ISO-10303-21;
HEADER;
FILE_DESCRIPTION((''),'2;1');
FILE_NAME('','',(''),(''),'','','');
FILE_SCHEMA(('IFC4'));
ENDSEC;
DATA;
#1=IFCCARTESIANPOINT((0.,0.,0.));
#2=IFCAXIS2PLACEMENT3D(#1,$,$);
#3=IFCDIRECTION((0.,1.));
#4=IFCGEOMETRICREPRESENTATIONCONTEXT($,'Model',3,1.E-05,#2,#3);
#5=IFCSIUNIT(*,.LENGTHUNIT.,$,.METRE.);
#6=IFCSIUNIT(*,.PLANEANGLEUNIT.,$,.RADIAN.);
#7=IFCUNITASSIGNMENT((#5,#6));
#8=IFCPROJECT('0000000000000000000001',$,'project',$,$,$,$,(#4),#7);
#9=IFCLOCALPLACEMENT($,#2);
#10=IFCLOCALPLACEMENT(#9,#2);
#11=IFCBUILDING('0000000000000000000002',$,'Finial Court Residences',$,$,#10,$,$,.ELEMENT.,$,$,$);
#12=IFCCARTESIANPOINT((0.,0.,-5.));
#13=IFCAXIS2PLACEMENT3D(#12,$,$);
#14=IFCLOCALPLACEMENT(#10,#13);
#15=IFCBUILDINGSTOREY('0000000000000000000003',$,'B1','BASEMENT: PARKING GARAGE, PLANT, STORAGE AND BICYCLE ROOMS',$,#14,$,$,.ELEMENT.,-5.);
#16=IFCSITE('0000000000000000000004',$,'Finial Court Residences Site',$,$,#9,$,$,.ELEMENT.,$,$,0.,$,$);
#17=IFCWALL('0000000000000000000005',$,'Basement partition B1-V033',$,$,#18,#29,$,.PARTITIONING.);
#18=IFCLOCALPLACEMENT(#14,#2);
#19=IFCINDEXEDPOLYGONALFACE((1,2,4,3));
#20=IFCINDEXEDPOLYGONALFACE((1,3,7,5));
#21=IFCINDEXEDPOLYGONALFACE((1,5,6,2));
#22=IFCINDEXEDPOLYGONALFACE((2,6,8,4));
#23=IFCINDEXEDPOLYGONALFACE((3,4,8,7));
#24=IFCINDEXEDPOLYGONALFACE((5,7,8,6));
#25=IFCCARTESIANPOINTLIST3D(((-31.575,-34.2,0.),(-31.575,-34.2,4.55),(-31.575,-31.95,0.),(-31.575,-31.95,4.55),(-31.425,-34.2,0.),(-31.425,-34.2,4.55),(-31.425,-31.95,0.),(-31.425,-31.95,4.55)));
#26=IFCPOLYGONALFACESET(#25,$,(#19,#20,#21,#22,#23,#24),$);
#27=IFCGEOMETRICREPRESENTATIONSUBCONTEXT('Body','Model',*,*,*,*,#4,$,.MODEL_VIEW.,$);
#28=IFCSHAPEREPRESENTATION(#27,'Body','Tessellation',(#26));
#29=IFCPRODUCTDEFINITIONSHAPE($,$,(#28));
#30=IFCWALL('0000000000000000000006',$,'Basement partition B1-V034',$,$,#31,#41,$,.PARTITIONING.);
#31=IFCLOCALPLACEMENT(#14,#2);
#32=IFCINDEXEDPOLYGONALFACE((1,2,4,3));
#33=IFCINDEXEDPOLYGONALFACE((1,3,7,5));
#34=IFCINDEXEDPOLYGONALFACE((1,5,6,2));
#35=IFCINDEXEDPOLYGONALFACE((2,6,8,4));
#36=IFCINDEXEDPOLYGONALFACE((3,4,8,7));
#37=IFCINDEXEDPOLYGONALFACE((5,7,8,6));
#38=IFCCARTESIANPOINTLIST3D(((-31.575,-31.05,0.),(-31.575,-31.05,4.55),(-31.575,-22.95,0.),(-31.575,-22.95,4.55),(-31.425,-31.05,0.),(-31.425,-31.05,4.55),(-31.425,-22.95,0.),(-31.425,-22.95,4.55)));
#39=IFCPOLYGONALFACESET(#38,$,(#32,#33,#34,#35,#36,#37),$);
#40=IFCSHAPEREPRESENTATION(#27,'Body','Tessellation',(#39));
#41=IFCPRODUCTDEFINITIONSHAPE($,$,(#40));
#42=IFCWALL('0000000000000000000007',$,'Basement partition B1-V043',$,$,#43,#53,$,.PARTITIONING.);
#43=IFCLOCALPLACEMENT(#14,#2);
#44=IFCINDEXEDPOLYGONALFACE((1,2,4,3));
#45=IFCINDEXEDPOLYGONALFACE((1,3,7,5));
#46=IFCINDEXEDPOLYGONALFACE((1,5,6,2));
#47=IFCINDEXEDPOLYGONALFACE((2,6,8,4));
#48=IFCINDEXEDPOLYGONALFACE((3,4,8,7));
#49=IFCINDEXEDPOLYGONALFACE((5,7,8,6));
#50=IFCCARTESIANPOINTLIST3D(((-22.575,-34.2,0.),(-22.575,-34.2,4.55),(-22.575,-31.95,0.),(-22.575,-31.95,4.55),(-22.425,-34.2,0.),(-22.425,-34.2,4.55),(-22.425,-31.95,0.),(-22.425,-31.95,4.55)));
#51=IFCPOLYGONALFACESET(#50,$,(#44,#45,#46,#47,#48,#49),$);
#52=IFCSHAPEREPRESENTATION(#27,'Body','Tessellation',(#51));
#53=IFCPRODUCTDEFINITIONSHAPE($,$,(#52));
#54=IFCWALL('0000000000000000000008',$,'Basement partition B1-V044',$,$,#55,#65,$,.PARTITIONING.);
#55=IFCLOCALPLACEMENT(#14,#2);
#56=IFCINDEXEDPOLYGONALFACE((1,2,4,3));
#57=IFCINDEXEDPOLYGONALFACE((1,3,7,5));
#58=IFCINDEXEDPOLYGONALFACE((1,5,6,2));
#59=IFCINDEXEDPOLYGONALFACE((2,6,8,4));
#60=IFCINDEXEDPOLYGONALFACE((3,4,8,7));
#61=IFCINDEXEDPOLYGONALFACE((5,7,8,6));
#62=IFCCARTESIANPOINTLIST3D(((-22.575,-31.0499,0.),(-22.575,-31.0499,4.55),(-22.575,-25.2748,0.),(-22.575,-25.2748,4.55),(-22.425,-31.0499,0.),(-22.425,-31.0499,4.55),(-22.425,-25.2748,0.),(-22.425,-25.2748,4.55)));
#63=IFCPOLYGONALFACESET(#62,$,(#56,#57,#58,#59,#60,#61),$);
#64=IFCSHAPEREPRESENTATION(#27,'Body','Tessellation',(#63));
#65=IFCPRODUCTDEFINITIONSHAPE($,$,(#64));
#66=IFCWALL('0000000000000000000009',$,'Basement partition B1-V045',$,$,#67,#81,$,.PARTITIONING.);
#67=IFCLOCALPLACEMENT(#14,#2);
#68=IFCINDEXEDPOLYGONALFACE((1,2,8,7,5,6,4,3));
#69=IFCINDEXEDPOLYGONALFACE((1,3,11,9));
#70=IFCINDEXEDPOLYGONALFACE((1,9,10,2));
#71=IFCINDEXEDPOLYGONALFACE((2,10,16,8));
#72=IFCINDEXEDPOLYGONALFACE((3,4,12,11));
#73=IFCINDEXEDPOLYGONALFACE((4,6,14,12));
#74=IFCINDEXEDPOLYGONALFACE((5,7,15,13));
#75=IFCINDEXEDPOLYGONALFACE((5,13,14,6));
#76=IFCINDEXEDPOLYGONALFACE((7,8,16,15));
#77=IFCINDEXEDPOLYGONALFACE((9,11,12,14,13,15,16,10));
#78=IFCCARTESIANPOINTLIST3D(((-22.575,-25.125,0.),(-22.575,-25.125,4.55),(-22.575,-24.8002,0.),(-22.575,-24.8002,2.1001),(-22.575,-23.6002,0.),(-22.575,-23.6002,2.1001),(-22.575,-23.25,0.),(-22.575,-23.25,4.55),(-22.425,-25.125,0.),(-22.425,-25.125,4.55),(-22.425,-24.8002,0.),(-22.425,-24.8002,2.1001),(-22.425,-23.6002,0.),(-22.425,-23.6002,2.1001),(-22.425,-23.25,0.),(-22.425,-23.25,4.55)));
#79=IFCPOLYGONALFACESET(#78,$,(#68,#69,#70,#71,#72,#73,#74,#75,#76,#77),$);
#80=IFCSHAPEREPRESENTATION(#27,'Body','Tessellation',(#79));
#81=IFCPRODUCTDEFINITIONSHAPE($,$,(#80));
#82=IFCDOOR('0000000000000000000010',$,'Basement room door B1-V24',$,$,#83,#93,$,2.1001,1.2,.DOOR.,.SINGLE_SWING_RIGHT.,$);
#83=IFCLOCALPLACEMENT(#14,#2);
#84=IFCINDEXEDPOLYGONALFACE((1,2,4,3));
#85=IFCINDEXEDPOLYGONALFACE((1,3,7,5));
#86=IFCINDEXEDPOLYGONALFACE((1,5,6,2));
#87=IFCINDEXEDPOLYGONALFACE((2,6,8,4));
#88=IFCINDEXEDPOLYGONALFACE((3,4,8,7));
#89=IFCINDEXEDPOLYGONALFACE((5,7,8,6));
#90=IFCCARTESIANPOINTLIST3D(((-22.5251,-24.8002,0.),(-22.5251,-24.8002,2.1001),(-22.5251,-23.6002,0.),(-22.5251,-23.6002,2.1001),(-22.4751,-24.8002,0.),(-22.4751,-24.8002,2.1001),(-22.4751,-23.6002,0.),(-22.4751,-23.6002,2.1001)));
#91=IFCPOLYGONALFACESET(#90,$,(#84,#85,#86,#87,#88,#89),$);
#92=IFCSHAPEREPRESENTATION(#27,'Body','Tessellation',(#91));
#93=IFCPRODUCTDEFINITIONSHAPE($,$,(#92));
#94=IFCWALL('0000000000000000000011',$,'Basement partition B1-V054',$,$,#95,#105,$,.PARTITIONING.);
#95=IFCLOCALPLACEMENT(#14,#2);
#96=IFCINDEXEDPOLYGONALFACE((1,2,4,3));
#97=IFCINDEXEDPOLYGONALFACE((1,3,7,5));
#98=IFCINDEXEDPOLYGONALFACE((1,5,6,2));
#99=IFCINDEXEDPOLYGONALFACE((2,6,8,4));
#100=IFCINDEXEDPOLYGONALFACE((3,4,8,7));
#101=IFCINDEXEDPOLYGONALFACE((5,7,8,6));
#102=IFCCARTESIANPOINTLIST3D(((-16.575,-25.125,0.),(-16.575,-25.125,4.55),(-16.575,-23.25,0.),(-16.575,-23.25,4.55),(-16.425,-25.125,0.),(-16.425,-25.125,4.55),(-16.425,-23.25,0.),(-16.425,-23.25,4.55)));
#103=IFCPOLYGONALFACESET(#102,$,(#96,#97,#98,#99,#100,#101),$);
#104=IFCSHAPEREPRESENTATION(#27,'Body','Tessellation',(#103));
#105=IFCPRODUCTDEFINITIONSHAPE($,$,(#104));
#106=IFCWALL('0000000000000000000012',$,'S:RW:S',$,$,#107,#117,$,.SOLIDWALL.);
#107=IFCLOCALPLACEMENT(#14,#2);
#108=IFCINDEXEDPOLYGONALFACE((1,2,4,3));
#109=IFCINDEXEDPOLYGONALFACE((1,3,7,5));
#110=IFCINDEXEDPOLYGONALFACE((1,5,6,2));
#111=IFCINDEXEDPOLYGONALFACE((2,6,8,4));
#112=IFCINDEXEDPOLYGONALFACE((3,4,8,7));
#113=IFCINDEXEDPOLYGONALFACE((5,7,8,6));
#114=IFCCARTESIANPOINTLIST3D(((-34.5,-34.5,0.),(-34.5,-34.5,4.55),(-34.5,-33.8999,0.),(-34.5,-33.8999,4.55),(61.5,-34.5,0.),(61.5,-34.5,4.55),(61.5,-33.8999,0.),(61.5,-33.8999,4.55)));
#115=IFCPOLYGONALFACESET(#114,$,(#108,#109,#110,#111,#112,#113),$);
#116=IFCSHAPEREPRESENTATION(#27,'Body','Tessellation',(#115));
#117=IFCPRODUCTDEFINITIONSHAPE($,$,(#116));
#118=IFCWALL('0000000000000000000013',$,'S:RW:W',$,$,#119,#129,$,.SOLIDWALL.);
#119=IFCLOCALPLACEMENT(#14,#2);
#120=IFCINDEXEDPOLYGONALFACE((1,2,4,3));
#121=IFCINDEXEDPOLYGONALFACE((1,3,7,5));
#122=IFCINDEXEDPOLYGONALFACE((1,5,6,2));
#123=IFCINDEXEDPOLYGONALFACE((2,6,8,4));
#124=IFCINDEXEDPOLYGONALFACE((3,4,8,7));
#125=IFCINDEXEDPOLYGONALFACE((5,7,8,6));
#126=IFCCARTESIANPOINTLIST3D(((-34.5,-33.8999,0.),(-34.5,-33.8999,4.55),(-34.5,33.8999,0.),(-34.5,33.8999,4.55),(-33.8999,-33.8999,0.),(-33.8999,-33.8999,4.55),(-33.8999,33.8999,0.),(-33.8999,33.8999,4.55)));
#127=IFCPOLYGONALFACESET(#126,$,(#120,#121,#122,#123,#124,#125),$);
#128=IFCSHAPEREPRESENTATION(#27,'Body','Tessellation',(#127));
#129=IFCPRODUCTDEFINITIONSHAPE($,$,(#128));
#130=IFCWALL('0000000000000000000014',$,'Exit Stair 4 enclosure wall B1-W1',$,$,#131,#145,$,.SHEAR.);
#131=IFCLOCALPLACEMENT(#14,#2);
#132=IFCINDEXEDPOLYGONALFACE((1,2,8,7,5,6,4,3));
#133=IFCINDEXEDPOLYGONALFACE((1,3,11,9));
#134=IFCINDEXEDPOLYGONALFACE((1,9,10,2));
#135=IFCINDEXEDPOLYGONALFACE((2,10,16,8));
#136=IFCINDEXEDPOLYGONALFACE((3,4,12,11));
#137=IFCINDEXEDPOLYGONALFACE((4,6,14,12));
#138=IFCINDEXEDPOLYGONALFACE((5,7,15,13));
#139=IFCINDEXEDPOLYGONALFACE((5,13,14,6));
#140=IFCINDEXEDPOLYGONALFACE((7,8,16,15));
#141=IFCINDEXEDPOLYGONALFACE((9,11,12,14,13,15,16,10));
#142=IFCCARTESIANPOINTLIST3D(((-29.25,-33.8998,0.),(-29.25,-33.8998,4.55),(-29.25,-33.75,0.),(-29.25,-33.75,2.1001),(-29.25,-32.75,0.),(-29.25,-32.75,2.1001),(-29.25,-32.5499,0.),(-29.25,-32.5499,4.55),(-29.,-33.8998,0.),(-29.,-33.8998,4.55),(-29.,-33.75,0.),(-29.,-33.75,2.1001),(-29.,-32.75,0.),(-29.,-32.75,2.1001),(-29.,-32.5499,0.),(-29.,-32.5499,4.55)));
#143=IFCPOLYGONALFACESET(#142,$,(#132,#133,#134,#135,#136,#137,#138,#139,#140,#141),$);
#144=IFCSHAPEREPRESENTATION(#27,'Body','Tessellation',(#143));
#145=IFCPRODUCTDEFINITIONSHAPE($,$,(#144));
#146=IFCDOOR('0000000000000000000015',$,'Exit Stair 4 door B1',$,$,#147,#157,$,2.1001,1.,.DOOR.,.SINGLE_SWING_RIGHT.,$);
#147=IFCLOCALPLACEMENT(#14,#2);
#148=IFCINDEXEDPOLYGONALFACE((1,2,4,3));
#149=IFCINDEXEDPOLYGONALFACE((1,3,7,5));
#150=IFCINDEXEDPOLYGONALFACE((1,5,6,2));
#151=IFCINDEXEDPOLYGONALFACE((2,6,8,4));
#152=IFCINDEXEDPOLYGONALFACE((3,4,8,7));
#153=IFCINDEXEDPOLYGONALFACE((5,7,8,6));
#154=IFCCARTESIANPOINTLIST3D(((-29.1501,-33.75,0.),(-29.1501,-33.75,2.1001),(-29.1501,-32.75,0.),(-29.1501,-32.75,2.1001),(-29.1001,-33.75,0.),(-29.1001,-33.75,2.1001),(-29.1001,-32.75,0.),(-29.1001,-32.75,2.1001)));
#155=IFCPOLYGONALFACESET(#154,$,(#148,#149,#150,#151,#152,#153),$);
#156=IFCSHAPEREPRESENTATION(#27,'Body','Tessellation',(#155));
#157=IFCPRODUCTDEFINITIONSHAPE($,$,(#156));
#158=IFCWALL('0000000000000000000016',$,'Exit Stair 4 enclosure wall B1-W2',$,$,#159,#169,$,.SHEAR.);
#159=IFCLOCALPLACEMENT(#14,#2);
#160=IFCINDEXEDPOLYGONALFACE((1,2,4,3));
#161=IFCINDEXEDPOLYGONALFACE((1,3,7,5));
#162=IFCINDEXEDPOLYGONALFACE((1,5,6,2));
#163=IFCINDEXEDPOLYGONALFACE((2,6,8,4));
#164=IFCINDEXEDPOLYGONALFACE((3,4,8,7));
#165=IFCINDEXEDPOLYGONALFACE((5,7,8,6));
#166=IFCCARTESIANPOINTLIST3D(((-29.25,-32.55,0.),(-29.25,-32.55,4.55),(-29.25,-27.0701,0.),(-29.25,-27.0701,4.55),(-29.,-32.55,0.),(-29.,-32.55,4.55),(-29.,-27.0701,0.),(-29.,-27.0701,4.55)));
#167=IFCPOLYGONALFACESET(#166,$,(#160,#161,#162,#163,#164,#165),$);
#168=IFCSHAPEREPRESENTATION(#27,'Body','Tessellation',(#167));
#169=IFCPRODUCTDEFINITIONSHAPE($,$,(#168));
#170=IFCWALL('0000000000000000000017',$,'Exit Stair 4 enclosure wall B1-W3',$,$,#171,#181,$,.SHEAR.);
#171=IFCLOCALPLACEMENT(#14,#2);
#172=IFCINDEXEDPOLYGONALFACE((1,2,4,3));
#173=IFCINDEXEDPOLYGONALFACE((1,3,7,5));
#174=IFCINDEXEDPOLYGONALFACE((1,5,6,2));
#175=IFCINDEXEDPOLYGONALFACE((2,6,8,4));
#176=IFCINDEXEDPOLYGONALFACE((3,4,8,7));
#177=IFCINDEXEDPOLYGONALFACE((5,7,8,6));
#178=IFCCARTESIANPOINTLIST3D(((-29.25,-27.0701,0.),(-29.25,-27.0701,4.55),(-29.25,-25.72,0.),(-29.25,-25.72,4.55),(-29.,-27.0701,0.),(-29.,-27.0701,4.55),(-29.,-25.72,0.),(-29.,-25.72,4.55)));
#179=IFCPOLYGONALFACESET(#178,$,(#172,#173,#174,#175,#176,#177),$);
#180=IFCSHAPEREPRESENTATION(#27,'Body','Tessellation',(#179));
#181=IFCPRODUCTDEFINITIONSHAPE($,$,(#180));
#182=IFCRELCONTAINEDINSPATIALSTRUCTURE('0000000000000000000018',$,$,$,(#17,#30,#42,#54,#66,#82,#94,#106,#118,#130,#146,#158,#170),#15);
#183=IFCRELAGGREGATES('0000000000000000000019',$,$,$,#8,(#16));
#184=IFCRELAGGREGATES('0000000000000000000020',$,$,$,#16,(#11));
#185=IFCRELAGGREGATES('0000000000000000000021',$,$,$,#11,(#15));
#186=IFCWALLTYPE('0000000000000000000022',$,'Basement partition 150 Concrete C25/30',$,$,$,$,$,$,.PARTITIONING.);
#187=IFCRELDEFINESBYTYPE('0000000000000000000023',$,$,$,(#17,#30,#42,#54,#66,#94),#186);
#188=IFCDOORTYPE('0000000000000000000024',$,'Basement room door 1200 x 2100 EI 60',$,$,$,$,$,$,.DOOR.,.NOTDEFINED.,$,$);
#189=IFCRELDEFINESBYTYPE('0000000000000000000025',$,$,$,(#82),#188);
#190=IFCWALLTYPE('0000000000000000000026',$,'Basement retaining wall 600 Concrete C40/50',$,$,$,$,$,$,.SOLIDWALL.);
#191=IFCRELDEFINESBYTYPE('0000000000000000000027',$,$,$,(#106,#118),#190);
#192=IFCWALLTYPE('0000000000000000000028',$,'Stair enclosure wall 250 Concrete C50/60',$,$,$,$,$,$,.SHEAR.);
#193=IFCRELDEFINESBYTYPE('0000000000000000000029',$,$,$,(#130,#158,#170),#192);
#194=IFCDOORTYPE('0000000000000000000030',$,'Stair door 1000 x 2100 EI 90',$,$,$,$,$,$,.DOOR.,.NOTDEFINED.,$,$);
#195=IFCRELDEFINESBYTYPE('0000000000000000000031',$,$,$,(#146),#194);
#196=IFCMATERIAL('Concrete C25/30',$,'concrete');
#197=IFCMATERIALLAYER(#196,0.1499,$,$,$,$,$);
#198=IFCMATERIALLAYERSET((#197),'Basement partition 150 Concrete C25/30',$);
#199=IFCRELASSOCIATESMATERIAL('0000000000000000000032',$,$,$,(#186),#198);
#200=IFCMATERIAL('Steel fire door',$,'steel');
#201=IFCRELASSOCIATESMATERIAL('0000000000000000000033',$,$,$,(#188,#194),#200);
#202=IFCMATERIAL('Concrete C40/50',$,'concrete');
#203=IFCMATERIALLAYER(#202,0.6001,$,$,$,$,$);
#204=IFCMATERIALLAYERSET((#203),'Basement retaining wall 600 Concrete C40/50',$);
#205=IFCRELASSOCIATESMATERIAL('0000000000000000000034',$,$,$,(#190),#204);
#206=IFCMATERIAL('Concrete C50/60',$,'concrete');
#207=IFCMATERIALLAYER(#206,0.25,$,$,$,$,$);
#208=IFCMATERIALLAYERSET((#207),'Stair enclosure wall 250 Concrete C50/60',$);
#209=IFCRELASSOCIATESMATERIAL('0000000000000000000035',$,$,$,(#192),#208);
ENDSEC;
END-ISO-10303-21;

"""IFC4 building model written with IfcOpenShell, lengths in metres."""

from ifc_helpers import new_model, si_unit, direction, frame, frame_2d, origin, place, context, subcontext, project, spatial, rectangle, extrude, material, layer, layer_set, type_object, element, fill, save


model = new_model("IFC4")

# Units and contexts
model_context = context("Model", 3, precision=1e-05, world=origin(), true_north=direction((0.0, 1.0)))
body_context = subcontext(model_context, "Body", "Model", "MODEL_VIEW")
ifc_project = project(units=[si_unit("LENGTHUNIT", "METRE"), si_unit("PLANEANGLEUNIT", "RADIAN")], contexts=[model_context])

# Site, building, storey
site_placement = place(None, origin())
site = spatial("IfcSite", under=ifc_project, at=site_placement, Name="Finial Court Residences Site", CompositionType="ELEMENT", RefElevation=0.0)
building_placement = place(site_placement, origin())
building = spatial("IfcBuilding", under=site, at=building_placement, Name="Finial Court Residences", CompositionType="ELEMENT")
storey_placement = place(building_placement, frame((0.0, 0.0, -5.0)))
storey = spatial("IfcBuildingStorey", under=building, at=storey_placement, Name="B1", Description="BASEMENT: PARKING GARAGE, PLANT, STORAGE AND BICYCLE ROOMS", CompositionType="ELEMENT", Elevation=-5.0)

# Shared definitions
ifc_material_1 = material(Name="Concrete C50/60", Category="concrete")

# Walls
ifc_material_2 = material(Name="Concrete C25/30", Category="concrete")
ifc_layer_1 = layer(ifc_material_2, 0.1499)
ifc_layer_set_1 = layer_set([ifc_layer_1], Name="Basement partition 150 Concrete C25/30")
wall_type_1 = type_object("IfcWallType", Name="Basement partition 150 Concrete C25/30", PredefinedType="PARTITIONING", material=ifc_layer_set_1)
wall_1_placement = place(storey_placement, frame((-31.5, -34.2, 0.0), z_axis=(0.0, 0.0, 1.0), x_axis=(0.0, 1.0, 0.0)))
element("IfcWall", 1, at=wall_1_placement, inside=storey, type_object=wall_type_1, Name="Basement partition B1-V033", PredefinedType="PARTITIONING", context=body_context, shape_type="SweptSolid", body=[
    extrude(rectangle(XDim=2.25, YDim=0.1499, at=frame_2d((1.125, 0.0))), origin(), (0.0, 0.0, 1.0), 4.55),
])
wall_2_placement = place(storey_placement, frame((-31.5, -31.05, 0.0), z_axis=(0.0, 0.0, 1.0), x_axis=(0.0, 1.0, 0.0)))
element("IfcWall", 2, at=wall_2_placement, inside=storey, type_object=wall_type_1, Name="Basement partition B1-V034", PredefinedType="PARTITIONING", context=body_context, shape_type="SweptSolid", body=[
    extrude(rectangle(XDim=8.1001, YDim=0.1499, at=frame_2d((4.05, 0.0))), origin(), (0.0, 0.0, 1.0), 4.55),
])
wall_3_placement = place(storey_placement, frame((-22.5, -34.2, 0.0), z_axis=(0.0, 0.0, 1.0), x_axis=(0.0, 1.0, 0.0)))
element("IfcWall", 3, at=wall_3_placement, inside=storey, type_object=wall_type_1, Name="Basement partition B1-V043", PredefinedType="PARTITIONING", context=body_context, shape_type="SweptSolid", body=[
    extrude(rectangle(XDim=2.25, YDim=0.1499, at=frame_2d((1.125, 0.0))), origin(), (0.0, 0.0, 1.0), 4.55),
])
wall_4_placement = place(storey_placement, frame((-22.5, -31.05, 0.0), z_axis=(0.0, 0.0, 1.0), x_axis=(0.0, 1.0, 0.0)))
element("IfcWall", 4, at=wall_4_placement, inside=storey, type_object=wall_type_1, Name="Basement partition B1-V044", PredefinedType="PARTITIONING", context=body_context, shape_type="SweptSolid", body=[
    extrude(rectangle(XDim=5.7751, YDim=0.1499, at=frame_2d((2.8877, 0.0))), origin(), (0.0, 0.0, 1.0), 4.55),
])

# Wall, opening, door
wall_5_placement = place(storey_placement, frame((-22.5, -23.25, 0.0), z_axis=(0.0, 0.0, 1.0), x_axis=(0.0, -1.0, 0.0)))
wall_5 = element("IfcWall", 5, at=wall_5_placement, inside=storey, type_object=wall_type_1, Name="Basement partition B1-V045", PredefinedType="PARTITIONING", context=body_context, shape_type="SweptSolid", body=[
    extrude(rectangle(XDim=1.875, YDim=0.1499, at=frame_2d((0.9375, 0.0))), origin(), (0.0, 0.0, 1.0), 4.55),
])
opening_1_placement = place(wall_5_placement, frame((0.3501, 0.0, 0.0)))
opening_1 = element("IfcOpeningElement", 6, at=opening_1_placement, cuts=wall_5, PredefinedType="OPENING", context=body_context, shape_type="SweptSolid", body=[
    extrude(rectangle(XDim=1.2, YDim=2.1001, at=frame_2d((0.6001, 1.05))), frame((0.0, 0.085, 0.0), z_axis=(0.0, -1.0, 0.0), x_axis=(1.0, 0.0, 0.0)), (0.0, 0.0, 1.0), 0.1699),
])
ifc_material_3 = material(Name="Steel fire door", Category="steel")
door_type_1 = type_object("IfcDoorType", Name="Basement room door 1200 x 2100 EI 60", OperationType="NOTDEFINED", PredefinedType="DOOR", material=ifc_material_3)
door_1_placement = place(opening_1_placement, origin())
door_1 = element("IfcDoor", 7, at=door_1_placement, inside=storey, type_object=door_type_1, Name="Basement room door B1-V24", OperationType="SINGLE_SWING_RIGHT", OverallHeight=2.1001, OverallWidth=1.2, PredefinedType="DOOR", context=body_context, shape_type="SweptSolid", body=[
    extrude(rectangle(XDim=1.2, YDim=2.1001, at=frame_2d((0.6001, 1.05))), frame((0.0, 0.0249, 0.0), z_axis=(0.0, -1.0, 0.0), x_axis=(1.0, 0.0, 0.0)), (0.0, 0.0, 1.0), 0.05),
])
fill(opening_1, door_1)

# Walls
wall_6_placement = place(storey_placement, frame((-16.5, -25.125, 0.0), z_axis=(0.0, 0.0, 1.0), x_axis=(0.0, 1.0, 0.0)))
element("IfcWall", 8, at=wall_6_placement, inside=storey, type_object=wall_type_1, Name="Basement partition B1-V054", PredefinedType="PARTITIONING", context=body_context, shape_type="SweptSolid", body=[
    extrude(rectangle(XDim=1.875, YDim=0.1499, at=frame_2d((0.9375, 0.0))), origin(), (0.0, 0.0, 1.0), 4.55),
])
ifc_material_4 = material(Name="Concrete C40/50", Category="concrete")
ifc_layer_2 = layer(ifc_material_4, 0.6001)
ifc_layer_set_2 = layer_set([ifc_layer_2], Name="Basement retaining wall 600 Concrete C40/50")
wall_type_2 = type_object("IfcWallType", Name="Basement retaining wall 600 Concrete C40/50", PredefinedType="SOLIDWALL", material=ifc_layer_set_2)
wall_7_placement = place(storey_placement, frame((-34.5, -34.2, 0.0), z_axis=(0.0, 0.0, 1.0), x_axis=(1.0, 0.0, 0.0)))
element("IfcWall", 9, at=wall_7_placement, inside=storey, type_object=wall_type_2, Name="S:RW:S", PredefinedType="SOLIDWALL", context=body_context, shape_type="SweptSolid", body=[
    extrude(rectangle(XDim=96.0, YDim=0.6001, at=frame_2d((48.0, 0.0))), origin(), (0.0, 0.0, 1.0), 4.55),
])
wall_8_placement = place(storey_placement, frame((-34.2, -33.8999, 0.0), z_axis=(0.0, 0.0, 1.0), x_axis=(0.0, 1.0, 0.0)))
element("IfcWall", 10, at=wall_8_placement, inside=storey, type_object=wall_type_2, Name="S:RW:W", PredefinedType="SOLIDWALL", context=body_context, shape_type="SweptSolid", body=[
    extrude(rectangle(XDim=67.7998, YDim=0.6001, at=frame_2d((33.8999, 0.0))), origin(), (0.0, 0.0, 1.0), 4.55),
])

# Wall, opening, door
ifc_layer_3 = layer(ifc_material_1, 0.25)
ifc_layer_set_3 = layer_set([ifc_layer_3], Name="Stair enclosure wall 250 Concrete C50/60")
wall_type_3 = type_object("IfcWallType", Name="Stair enclosure wall 250 Concrete C50/60", PredefinedType="SHEAR", material=ifc_layer_set_3)
wall_9_placement = place(storey_placement, frame((-29.125, -32.55, 0.0), z_axis=(0.0, 0.0, 1.0), x_axis=(0.0, -1.0, 0.0)))
wall_9 = element("IfcWall", 11, at=wall_9_placement, inside=storey, type_object=wall_type_3, Name="Exit Stair 4 enclosure wall B1-W1", PredefinedType="SHEAR", context=body_context, shape_type="SweptSolid", body=[
    extrude(rectangle(XDim=1.3499, YDim=0.25, at=frame_2d((0.6748, 0.0))), origin(), (0.0, 0.0, 1.0), 4.55),
])
opening_2_placement = place(wall_9_placement, frame((0.2, 0.0, 0.0)))
opening_2 = element("IfcOpeningElement", 12, at=opening_2_placement, cuts=wall_9, PredefinedType="OPENING", context=body_context, shape_type="SweptSolid", body=[
    extrude(rectangle(XDim=1.0, YDim=2.1001, at=frame_2d((0.5, 1.05))), frame((0.0, 0.135, 0.0), z_axis=(0.0, -1.0, 0.0), x_axis=(1.0, 0.0, 0.0)), (0.0, 0.0, 1.0), 0.27),
])
door_type_2 = type_object("IfcDoorType", Name="Stair door 1000 x 2100 EI 90", OperationType="NOTDEFINED", PredefinedType="DOOR", material=ifc_material_3)
door_2_placement = place(opening_2_placement, origin())
door_2 = element("IfcDoor", 13, at=door_2_placement, inside=storey, type_object=door_type_2, Name="Exit Stair 4 door B1", OperationType="SINGLE_SWING_RIGHT", OverallHeight=2.1001, OverallWidth=1.0, PredefinedType="DOOR", context=body_context, shape_type="SweptSolid", body=[
    extrude(rectangle(XDim=1.0, YDim=2.1001, at=frame_2d((0.5, 1.05))), frame((0.0, 0.0249, 0.0), z_axis=(0.0, -1.0, 0.0), x_axis=(1.0, 0.0, 0.0)), (0.0, 0.0, 1.0), 0.05),
])
fill(opening_2, door_2)

# Walls
wall_10_placement = place(storey_placement, frame((-29.125, -32.55, 0.0), z_axis=(0.0, 0.0, 1.0), x_axis=(0.0, 1.0, 0.0)))
element("IfcWall", 14, at=wall_10_placement, inside=storey, type_object=wall_type_3, Name="Exit Stair 4 enclosure wall B1-W2", PredefinedType="SHEAR", context=body_context, shape_type="SweptSolid", body=[
    extrude(rectangle(XDim=5.48, YDim=0.25, at=frame_2d((2.74, 0.0))), origin(), (0.0, 0.0, 1.0), 4.55),
])
wall_11_placement = place(storey_placement, frame((-29.125, -27.0701, 0.0), z_axis=(0.0, 0.0, 1.0), x_axis=(0.0, 1.0, 0.0)))
element("IfcWall", 15, at=wall_11_placement, inside=storey, type_object=wall_type_3, Name="Exit Stair 4 enclosure wall B1-W3", PredefinedType="SHEAR", context=body_context, shape_type="SweptSolid", body=[
    extrude(rectangle(XDim=1.3501, YDim=0.25, at=frame_2d((0.675, 0.0))), origin(), (0.0, 0.0, 1.0), 4.55),
])

save(model, "model.ifc")
